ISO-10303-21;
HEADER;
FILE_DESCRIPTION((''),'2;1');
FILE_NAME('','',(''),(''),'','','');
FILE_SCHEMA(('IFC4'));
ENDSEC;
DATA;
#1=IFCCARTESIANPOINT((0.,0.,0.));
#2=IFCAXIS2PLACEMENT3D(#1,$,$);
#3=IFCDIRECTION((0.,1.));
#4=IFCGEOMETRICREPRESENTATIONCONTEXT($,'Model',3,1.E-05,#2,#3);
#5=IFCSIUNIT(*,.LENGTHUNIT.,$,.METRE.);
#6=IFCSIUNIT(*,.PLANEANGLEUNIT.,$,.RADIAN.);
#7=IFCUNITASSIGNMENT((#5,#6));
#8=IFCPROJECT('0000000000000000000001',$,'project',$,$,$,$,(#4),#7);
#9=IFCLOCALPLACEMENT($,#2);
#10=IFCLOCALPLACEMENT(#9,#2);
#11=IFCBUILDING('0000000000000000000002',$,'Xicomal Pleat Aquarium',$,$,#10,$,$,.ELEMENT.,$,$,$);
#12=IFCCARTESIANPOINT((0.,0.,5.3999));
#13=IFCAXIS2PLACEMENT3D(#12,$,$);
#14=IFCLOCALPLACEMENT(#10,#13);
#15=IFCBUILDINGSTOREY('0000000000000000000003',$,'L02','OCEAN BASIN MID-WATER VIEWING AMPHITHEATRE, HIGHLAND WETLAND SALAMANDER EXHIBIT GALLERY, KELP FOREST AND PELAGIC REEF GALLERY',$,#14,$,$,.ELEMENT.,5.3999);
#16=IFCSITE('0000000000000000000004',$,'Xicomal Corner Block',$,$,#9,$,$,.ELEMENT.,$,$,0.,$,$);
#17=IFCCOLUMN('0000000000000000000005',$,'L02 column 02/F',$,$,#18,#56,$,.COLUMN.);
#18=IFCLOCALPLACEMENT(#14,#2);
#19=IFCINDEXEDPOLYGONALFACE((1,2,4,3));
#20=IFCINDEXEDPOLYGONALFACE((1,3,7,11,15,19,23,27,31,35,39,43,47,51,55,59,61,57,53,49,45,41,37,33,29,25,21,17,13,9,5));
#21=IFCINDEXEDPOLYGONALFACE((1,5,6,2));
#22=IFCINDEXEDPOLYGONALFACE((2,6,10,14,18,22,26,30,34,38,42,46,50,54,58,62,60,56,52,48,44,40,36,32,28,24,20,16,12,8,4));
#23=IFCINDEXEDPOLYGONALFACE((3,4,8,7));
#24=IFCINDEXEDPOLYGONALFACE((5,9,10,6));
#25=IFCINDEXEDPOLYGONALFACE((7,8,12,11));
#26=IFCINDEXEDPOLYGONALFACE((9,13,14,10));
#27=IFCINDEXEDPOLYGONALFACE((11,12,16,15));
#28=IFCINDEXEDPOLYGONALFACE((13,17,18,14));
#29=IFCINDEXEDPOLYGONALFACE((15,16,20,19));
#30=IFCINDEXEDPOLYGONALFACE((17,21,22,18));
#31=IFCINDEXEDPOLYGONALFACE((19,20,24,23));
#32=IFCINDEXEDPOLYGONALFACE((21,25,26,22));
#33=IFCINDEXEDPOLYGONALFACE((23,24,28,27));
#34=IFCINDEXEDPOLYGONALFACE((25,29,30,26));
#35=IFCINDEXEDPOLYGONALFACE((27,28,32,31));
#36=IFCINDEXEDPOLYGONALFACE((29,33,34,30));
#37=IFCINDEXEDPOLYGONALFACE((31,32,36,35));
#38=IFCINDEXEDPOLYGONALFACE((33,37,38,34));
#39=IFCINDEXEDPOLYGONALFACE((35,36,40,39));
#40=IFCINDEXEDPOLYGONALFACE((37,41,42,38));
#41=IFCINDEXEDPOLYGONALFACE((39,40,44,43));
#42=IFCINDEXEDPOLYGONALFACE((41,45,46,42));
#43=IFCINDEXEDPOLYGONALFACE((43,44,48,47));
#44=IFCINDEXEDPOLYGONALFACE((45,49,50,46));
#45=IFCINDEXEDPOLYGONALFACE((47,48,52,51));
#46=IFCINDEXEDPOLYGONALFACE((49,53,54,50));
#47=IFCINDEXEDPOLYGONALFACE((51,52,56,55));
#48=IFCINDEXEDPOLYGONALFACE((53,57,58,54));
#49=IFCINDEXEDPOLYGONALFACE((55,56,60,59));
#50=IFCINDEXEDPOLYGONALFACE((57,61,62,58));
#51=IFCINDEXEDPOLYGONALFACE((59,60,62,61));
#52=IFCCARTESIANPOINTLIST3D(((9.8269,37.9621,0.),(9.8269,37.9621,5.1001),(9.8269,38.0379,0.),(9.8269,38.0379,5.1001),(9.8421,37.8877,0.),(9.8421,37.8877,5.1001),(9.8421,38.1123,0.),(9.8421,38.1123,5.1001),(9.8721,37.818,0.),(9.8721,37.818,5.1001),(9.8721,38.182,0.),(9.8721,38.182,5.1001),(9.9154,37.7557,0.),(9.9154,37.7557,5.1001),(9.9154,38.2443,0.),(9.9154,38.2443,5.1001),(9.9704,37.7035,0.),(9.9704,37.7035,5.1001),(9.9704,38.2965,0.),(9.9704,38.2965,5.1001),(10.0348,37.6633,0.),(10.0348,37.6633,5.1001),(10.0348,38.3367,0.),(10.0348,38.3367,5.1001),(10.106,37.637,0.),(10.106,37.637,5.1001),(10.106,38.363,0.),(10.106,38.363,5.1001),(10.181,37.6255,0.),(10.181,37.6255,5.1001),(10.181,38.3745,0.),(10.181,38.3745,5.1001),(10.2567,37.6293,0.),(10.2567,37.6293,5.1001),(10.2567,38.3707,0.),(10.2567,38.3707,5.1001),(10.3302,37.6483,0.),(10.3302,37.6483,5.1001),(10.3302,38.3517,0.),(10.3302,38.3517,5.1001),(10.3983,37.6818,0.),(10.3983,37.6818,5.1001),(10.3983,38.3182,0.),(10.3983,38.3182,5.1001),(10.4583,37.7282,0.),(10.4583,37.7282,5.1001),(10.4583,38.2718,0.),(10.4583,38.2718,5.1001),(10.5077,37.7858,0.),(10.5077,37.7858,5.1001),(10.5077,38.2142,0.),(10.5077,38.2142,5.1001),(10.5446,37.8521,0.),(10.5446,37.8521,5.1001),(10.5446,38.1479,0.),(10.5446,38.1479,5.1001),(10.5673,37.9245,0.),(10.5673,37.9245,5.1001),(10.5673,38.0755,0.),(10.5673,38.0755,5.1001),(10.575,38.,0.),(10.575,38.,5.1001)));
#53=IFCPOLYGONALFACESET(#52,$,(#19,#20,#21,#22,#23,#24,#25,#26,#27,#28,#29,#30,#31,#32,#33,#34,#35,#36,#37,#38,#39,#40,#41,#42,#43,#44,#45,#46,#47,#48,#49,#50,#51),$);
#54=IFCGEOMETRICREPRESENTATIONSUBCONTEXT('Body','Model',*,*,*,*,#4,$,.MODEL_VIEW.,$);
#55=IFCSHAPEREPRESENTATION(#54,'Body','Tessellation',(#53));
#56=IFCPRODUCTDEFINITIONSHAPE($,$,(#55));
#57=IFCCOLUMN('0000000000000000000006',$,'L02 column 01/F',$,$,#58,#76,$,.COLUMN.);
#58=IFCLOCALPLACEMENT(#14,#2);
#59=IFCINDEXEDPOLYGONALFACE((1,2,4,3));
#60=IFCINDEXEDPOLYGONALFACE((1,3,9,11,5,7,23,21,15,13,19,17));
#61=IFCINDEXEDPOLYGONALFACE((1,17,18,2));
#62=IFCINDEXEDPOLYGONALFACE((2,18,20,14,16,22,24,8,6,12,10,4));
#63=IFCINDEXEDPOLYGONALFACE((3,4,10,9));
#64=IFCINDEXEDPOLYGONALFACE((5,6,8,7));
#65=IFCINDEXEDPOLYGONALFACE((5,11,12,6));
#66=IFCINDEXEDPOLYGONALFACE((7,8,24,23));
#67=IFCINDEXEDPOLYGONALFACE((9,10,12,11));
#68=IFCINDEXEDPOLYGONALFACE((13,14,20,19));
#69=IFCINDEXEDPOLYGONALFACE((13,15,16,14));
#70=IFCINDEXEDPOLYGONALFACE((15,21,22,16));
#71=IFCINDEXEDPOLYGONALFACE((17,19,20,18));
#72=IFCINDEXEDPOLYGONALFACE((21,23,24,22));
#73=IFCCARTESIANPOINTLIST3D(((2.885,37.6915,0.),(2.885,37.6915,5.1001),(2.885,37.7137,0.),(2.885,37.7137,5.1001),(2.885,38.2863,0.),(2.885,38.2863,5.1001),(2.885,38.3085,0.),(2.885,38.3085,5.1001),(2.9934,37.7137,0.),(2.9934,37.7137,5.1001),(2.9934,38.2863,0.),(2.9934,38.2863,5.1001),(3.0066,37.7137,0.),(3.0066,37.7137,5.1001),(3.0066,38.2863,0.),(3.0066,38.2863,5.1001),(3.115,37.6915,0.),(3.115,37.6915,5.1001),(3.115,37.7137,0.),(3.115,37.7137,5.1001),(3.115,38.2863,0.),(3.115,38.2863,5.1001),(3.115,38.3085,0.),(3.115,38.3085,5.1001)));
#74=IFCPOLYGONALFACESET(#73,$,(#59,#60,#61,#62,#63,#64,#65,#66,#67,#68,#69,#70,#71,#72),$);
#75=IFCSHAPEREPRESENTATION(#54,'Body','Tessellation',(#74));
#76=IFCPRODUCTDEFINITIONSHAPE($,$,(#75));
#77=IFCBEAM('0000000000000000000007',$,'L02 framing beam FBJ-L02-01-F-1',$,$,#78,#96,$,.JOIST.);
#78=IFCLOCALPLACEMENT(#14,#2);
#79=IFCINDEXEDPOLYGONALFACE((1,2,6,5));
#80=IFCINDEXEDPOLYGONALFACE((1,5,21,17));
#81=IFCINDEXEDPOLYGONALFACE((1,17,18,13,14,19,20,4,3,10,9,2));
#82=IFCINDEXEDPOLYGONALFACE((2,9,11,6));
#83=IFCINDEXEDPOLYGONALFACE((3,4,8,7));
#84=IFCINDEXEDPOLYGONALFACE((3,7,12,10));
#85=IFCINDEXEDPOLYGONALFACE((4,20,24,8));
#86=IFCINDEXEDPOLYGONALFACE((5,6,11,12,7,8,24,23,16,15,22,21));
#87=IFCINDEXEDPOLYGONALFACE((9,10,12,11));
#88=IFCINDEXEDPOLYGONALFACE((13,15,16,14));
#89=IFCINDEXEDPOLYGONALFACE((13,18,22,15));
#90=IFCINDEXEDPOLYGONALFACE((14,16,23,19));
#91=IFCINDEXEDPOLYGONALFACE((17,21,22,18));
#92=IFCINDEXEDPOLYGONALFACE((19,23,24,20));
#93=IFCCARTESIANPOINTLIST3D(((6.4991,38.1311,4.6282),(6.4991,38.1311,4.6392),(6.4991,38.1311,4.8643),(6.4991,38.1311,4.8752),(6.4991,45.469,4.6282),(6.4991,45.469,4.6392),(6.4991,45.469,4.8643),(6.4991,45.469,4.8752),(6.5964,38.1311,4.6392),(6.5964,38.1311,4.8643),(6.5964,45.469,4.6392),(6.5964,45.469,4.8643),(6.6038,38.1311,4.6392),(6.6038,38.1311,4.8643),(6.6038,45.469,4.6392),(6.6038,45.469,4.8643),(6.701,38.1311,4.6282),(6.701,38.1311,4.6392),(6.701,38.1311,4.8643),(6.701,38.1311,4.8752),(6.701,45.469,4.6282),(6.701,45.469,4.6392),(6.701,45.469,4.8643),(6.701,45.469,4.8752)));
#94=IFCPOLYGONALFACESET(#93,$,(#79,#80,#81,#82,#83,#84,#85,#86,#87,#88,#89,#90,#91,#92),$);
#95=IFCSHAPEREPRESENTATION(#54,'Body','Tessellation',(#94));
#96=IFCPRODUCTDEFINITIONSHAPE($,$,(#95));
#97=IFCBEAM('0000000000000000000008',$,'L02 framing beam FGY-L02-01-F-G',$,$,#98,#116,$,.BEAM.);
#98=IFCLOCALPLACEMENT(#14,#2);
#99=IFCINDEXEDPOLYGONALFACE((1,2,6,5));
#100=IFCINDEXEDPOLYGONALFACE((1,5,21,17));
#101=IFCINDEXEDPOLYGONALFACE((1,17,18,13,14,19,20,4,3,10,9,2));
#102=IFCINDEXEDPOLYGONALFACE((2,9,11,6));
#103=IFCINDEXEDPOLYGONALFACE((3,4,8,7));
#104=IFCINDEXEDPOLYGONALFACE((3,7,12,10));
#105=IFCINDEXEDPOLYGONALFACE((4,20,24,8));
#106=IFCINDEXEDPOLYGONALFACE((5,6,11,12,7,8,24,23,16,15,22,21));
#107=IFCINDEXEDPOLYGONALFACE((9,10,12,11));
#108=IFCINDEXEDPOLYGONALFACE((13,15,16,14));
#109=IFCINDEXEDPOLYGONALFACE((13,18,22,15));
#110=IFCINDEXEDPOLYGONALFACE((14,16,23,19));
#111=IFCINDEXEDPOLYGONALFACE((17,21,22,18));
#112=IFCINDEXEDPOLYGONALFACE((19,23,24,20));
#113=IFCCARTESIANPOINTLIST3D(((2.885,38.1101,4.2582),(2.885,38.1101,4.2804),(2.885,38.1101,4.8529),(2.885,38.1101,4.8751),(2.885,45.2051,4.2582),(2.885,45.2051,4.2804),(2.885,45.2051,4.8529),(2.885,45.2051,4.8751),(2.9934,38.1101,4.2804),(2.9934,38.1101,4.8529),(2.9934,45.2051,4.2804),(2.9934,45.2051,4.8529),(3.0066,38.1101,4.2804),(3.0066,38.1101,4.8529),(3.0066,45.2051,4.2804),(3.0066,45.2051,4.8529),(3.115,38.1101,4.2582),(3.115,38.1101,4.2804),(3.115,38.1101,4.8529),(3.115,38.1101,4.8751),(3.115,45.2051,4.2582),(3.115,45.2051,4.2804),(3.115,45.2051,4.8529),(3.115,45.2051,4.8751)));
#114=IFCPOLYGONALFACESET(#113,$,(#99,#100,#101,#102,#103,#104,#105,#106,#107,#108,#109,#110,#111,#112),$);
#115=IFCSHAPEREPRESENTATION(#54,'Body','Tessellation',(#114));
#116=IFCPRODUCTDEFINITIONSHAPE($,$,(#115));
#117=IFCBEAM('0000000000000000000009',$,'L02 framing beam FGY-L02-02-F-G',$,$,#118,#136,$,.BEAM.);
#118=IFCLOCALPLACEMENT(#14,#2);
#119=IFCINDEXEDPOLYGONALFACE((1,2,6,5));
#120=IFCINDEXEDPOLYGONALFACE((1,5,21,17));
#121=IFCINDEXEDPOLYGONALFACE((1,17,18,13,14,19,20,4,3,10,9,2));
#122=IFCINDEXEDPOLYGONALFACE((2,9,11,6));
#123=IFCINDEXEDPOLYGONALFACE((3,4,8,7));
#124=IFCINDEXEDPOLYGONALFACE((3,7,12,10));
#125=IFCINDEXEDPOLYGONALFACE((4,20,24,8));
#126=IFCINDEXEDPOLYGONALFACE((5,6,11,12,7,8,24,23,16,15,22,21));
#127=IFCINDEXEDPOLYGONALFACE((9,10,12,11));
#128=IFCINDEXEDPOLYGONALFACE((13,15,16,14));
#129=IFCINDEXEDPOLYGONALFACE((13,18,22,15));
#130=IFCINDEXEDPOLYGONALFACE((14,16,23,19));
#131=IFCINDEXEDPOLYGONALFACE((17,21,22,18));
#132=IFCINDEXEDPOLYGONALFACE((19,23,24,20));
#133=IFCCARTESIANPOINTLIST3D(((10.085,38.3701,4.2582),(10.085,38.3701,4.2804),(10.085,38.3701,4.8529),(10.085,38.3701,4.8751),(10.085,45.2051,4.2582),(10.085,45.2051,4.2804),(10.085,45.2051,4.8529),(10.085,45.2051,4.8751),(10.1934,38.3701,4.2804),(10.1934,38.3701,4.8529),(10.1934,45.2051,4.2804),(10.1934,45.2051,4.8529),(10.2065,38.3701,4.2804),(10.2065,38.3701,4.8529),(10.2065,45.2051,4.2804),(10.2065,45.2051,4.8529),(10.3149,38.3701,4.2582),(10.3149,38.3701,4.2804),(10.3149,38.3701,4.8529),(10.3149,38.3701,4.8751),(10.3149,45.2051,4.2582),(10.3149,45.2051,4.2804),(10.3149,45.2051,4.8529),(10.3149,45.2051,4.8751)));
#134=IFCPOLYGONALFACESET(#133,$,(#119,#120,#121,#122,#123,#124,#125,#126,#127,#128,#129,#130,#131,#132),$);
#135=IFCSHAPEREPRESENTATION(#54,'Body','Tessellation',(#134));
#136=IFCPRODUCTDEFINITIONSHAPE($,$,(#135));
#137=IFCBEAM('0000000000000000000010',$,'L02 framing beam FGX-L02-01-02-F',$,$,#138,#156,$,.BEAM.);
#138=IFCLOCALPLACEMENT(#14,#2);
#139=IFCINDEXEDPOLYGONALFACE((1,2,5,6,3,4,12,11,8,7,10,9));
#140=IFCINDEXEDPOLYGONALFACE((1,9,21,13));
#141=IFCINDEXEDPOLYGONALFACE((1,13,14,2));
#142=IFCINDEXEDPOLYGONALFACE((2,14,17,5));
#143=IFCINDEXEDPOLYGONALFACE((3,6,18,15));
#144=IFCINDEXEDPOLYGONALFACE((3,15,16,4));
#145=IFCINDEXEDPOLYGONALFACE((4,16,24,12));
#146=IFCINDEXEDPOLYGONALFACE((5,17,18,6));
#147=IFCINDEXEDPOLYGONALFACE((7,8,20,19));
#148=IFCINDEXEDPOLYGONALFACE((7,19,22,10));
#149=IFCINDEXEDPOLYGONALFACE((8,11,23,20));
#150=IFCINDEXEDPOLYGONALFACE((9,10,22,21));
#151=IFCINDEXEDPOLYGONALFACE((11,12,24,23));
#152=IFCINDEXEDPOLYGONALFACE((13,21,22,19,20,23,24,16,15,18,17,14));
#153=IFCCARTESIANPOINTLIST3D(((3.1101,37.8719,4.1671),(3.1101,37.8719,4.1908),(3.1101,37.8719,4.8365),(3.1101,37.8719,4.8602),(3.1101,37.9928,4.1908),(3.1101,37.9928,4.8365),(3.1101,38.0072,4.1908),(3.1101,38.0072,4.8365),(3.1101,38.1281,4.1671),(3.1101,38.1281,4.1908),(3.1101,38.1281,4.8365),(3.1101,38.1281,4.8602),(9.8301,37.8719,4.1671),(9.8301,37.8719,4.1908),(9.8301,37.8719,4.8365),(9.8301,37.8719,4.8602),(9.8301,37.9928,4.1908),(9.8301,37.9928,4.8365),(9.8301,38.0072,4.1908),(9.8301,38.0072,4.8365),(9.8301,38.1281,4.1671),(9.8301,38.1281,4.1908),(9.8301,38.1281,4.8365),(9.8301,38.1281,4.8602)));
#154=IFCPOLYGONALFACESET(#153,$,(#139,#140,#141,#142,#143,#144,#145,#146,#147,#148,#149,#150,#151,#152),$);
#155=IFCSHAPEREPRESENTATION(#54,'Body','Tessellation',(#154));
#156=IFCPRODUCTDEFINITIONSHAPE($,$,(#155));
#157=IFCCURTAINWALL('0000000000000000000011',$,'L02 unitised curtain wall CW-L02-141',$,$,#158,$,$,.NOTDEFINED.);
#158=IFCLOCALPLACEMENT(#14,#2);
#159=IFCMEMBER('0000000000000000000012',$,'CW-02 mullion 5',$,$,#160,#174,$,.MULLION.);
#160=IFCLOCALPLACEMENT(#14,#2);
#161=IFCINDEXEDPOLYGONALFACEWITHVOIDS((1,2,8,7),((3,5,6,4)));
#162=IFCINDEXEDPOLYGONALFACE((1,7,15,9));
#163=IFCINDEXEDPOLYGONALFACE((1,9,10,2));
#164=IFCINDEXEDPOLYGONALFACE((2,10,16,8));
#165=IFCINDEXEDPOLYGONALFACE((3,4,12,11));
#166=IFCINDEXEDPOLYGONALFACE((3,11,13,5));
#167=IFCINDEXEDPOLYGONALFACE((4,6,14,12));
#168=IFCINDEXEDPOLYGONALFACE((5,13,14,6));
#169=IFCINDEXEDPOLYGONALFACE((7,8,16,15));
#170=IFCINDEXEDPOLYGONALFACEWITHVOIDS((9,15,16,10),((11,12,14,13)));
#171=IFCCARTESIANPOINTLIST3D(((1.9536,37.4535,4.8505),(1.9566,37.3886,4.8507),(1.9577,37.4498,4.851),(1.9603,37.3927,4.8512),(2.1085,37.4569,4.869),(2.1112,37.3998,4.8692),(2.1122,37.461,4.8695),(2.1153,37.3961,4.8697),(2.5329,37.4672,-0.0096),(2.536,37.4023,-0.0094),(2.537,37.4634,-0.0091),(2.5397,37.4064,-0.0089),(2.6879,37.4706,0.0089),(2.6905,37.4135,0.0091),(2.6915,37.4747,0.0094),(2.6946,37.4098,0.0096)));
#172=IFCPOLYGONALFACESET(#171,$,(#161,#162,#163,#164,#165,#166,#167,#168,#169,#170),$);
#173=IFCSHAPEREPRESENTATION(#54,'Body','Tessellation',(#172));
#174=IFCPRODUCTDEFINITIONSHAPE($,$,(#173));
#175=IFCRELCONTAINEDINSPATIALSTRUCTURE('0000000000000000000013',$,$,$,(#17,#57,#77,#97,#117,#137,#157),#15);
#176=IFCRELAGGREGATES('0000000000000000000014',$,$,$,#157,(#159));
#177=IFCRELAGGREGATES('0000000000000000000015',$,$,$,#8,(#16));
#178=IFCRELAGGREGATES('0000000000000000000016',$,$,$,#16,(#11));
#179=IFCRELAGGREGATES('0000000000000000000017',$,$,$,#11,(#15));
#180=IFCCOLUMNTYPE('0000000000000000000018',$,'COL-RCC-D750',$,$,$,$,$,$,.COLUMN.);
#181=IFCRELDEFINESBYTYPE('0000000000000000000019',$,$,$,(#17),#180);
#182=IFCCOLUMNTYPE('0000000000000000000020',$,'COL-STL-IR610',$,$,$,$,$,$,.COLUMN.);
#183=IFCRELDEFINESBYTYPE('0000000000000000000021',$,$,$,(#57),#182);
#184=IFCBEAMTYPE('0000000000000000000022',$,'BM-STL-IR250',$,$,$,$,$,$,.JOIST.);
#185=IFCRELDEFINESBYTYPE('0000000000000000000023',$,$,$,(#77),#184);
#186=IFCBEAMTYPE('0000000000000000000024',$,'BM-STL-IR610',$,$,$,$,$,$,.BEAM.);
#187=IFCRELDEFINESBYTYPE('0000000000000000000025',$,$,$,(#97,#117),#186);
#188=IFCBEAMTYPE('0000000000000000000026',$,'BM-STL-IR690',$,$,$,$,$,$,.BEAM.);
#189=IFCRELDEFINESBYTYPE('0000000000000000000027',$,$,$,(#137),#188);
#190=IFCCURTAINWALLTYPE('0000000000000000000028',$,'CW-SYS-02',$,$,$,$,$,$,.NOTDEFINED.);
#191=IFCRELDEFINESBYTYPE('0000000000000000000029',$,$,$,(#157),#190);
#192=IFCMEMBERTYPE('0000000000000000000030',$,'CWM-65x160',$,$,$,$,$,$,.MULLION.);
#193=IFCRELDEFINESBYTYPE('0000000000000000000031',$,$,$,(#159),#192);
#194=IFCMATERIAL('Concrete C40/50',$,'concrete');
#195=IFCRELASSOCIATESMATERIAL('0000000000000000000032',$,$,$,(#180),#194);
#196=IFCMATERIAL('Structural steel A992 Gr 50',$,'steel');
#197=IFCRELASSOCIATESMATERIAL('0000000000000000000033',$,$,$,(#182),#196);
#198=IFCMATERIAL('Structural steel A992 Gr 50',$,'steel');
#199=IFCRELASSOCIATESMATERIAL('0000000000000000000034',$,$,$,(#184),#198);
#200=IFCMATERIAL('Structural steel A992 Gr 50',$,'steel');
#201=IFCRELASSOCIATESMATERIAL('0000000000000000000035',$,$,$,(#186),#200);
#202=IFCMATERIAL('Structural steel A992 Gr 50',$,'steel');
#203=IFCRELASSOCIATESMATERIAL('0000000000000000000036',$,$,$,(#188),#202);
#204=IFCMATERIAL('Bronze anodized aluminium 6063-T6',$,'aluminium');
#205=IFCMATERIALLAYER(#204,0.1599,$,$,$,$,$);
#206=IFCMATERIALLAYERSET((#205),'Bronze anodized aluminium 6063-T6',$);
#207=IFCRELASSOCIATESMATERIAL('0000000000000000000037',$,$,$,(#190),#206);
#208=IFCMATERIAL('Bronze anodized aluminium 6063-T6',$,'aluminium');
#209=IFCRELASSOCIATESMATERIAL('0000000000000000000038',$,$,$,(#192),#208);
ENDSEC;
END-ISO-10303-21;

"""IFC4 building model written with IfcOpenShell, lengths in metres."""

from ifc_helpers import new_model, si_unit, direction, frame, origin, origin_2d, place, context, subcontext, project, spatial, hollow_rectangle, circle, i_section, extrude, material, layer, layer_set, material_profile, profile_set, type_object, element, aggregate, save


model = new_model("IFC4")

# Units and contexts
model_context = context("Model", 3, precision=1e-05, world=origin(), true_north=direction((0.0, 1.0)))
body_context = subcontext(model_context, "Body", "Model", "MODEL_VIEW")
ifc_project = project(units=[si_unit("LENGTHUNIT", "METRE"), si_unit("PLANEANGLEUNIT", "RADIAN")], contexts=[model_context])

# Site, building, storey
site_placement = place(None, origin())
site = spatial("IfcSite", under=ifc_project, at=site_placement, Name="Xicomal Corner Block", CompositionType="ELEMENT", RefElevation=0.0)
building_placement = place(site_placement, origin())
building = spatial("IfcBuilding", under=site, at=building_placement, Name="Xicomal Pleat Aquarium", CompositionType="ELEMENT")
storey_placement = place(building_placement, frame((0.0, 0.0, 5.3999)))
storey = spatial("IfcBuildingStorey", under=building, at=storey_placement, Name="L02", Description="OCEAN BASIN MID-WATER VIEWING AMPHITHEATRE, HIGHLAND WETLAND SALAMANDER EXHIBIT GALLERY, KELP FOREST AND PELAGIC REEF GALLERY", CompositionType="ELEMENT", Elevation=5.3999)

# Columns
ifc_material_1 = material(Name="Concrete C40/50", Category="concrete")
ifc_material_profile_1 = material_profile(ifc_material_1, circle(Radius=0.375, at=origin_2d()), Name="RCC D750")
ifc_profile_set_1 = profile_set([ifc_material_profile_1], Name="Concrete C40/50")
column_type_1 = type_object("IfcColumnType", Name="COL-RCC-D750", PredefinedType="COLUMN", material=ifc_profile_set_1)
column_1_placement = place(storey_placement, frame((10.2, 38.0, 0.0), z_axis=(0.0, 0.0, 1.0), x_axis=(1.0, 0.0, 0.0)))
element("IfcColumn", 1, at=column_1_placement, inside=storey, type_object=column_type_1, Name="L02 column 02/F", PredefinedType="COLUMN", context=body_context, shape_type="SweptSolid", body=[
    extrude(circle(Radius=0.375, at=origin_2d()), origin(), (0.0, 0.0, 1.0), 5.1001),
])
ifc_material_2 = material(Name="Structural steel A992 Gr 50", Category="steel")
ifc_material_profile_2 = material_profile(ifc_material_2, i_section(OverallWidth=0.23, OverallDepth=0.6169, WebThickness=0.0132, FlangeThickness=0.0222, at=origin_2d()), Name="IR 610x140")
ifc_profile_set_2 = profile_set([ifc_material_profile_2], Name="Structural steel A992 Gr 50")
column_type_2 = type_object("IfcColumnType", Name="COL-STL-IR610", PredefinedType="COLUMN", material=ifc_profile_set_2)
column_2_placement = place(storey_placement, frame((3.0, 38.0, 0.0), z_axis=(0.0, 0.0, 1.0), x_axis=(1.0, 0.0, 0.0)))
element("IfcColumn", 2, at=column_2_placement, inside=storey, type_object=column_type_2, Name="L02 column 01/F", PredefinedType="COLUMN", context=body_context, shape_type="SweptSolid", body=[
    extrude(i_section(OverallWidth=0.23, OverallDepth=0.6169, WebThickness=0.0132, FlangeThickness=0.0222, at=origin_2d()), origin(), (0.0, 0.0, 1.0), 5.1001),
])

# Beams
ifc_material_3 = material(Name="Structural steel A992 Gr 50", Category="steel")
ifc_material_profile_3 = material_profile(ifc_material_3, i_section(OverallWidth=0.2019, OverallDepth=0.2471, WebThickness=0.0073, FlangeThickness=0.011, at=origin_2d()), Name="IR 250x49")
ifc_profile_set_3 = profile_set([ifc_material_profile_3], Name="Structural steel A992 Gr 50")
beam_type_1 = type_object("IfcBeamType", Name="BM-STL-IR250", PredefinedType="JOIST", material=ifc_profile_set_3)
beam_1_placement = place(storey_placement, frame((6.6001, 38.1311, 4.7517), z_axis=(0.0, 1.0, 0.0), x_axis=(-1.0, 0.0, 0.0)))
element("IfcBeam", 3, at=beam_1_placement, inside=storey, type_object=beam_type_1, Name="L02 framing beam FBJ-L02-01-F-1", PredefinedType="JOIST", context=body_context, shape_type="SweptSolid", body=[
    extrude(i_section(OverallWidth=0.2019, OverallDepth=0.2471, WebThickness=0.0073, FlangeThickness=0.011, at=origin_2d()), origin(), (0.0, 0.0, 1.0), 7.3379),
])
ifc_material_4 = material(Name="Structural steel A992 Gr 50", Category="steel")
ifc_material_profile_4 = material_profile(ifc_material_4, i_section(OverallWidth=0.23, OverallDepth=0.6169, WebThickness=0.0132, FlangeThickness=0.0222, at=origin_2d()), Name="IR 610x140")
ifc_profile_set_4 = profile_set([ifc_material_profile_4], Name="Structural steel A992 Gr 50")
beam_type_2 = type_object("IfcBeamType", Name="BM-STL-IR610", PredefinedType="BEAM", material=ifc_profile_set_4)
beam_2_placement = place(storey_placement, frame((3.0, 38.1101, 4.5667), z_axis=(0.0, 1.0, 0.0), x_axis=(-1.0, 0.0, 0.0)))
element("IfcBeam", 4, at=beam_2_placement, inside=storey, type_object=beam_type_2, Name="L02 framing beam FGY-L02-01-F-G", PredefinedType="BEAM", context=body_context, shape_type="SweptSolid", body=[
    extrude(i_section(OverallWidth=0.23, OverallDepth=0.6169, WebThickness=0.0132, FlangeThickness=0.0222, at=origin_2d()), origin(), (0.0, 0.0, 1.0), 7.095),
])
beam_3_placement = place(storey_placement, frame((10.2, 38.3701, 4.5667), z_axis=(0.0, 1.0, 0.0), x_axis=(-1.0, 0.0, 0.0)))
element("IfcBeam", 5, at=beam_3_placement, inside=storey, type_object=beam_type_2, Name="L02 framing beam FGY-L02-02-F-G", PredefinedType="BEAM", context=body_context, shape_type="SweptSolid", body=[
    extrude(i_section(OverallWidth=0.23, OverallDepth=0.6169, WebThickness=0.0132, FlangeThickness=0.0222, at=origin_2d()), origin(), (0.0, 0.0, 1.0), 6.835),
])
ifc_material_5 = material(Name="Structural steel A992 Gr 50", Category="steel")
ifc_material_profile_5 = material_profile(ifc_material_5, i_section(OverallWidth=0.2561, OverallDepth=0.6931, WebThickness=0.0144, FlangeThickness=0.0237, at=origin_2d()), Name="IR 690x170")
ifc_profile_set_5 = profile_set([ifc_material_profile_5], Name="Structural steel A992 Gr 50")
beam_type_3 = type_object("IfcBeamType", Name="BM-STL-IR690", PredefinedType="BEAM", material=ifc_profile_set_5)
beam_4_placement = place(storey_placement, frame((3.1101, 38.0, 4.5137), z_axis=(1.0, 0.0, 0.0), x_axis=(0.0, 1.0, 0.0)))
element("IfcBeam", 6, at=beam_4_placement, inside=storey, type_object=beam_type_3, Name="L02 framing beam FGX-L02-01-02-F", PredefinedType="BEAM", context=body_context, shape_type="SweptSolid", body=[
    extrude(i_section(OverallWidth=0.2561, OverallDepth=0.6931, WebThickness=0.0144, FlangeThickness=0.0237, at=origin_2d()), origin(), (0.0, 0.0, 1.0), 6.72),
])

# Curtain wall, member
ifc_material_6 = material(Name="Bronze anodized aluminium 6063-T6", Category="aluminium")
ifc_layer_1 = layer(ifc_material_6, 0.1599)
ifc_layer_set_1 = layer_set([ifc_layer_1], Name="Bronze anodized aluminium 6063-T6")
curtain_wall_type_1 = type_object("IfcCurtainWallType", Name="CW-SYS-02", PredefinedType="NOTDEFINED", material=ifc_layer_set_1)
curtain_wall_1_placement = place(storey_placement, origin())
curtain_wall_1 = element("IfcCurtainWall", 7, at=curtain_wall_1_placement, inside=storey, type_object=curtain_wall_type_1, Name="L02 unitised curtain wall CW-L02-141", PredefinedType="NOTDEFINED")
ifc_material_7 = material(Name="Bronze anodized aluminium 6063-T6", Category="aluminium")
ifc_material_profile_6 = material_profile(ifc_material_7, hollow_rectangle(XDim=0.0649, YDim=0.1599, WallThickness=0.0039, at=origin_2d()), Name="ALU MULL 65x160")
ifc_profile_set_6 = profile_set([ifc_material_profile_6], Name="Bronze anodized aluminium 6063-T6")
member_type_1 = type_object("IfcMemberType", Name="CWM-65x160", PredefinedType="MULLION", material=ifc_profile_set_6)
member_1_placement = place(storey_placement, frame((2.6138, 37.4385, 0.0), z_axis=(-0.118366, -0.002793, 0.992966), x_axis=(-0.046958, 0.998893, -0.002788)))
member_1 = element("IfcMember", 8, at=member_1_placement, type_object=member_type_1, Name="CW-02 mullion 5", PredefinedType="MULLION", context=body_context, shape_type="SweptSolid", body=[
    extrude(hollow_rectangle(XDim=0.0649, YDim=0.1599, WallThickness=0.0039, at=origin_2d()), origin(), (0.0, 0.0, 1.0), 4.8945),
])

aggregate(curtain_wall_1, [member_1])

save(model, "model.ifc")
